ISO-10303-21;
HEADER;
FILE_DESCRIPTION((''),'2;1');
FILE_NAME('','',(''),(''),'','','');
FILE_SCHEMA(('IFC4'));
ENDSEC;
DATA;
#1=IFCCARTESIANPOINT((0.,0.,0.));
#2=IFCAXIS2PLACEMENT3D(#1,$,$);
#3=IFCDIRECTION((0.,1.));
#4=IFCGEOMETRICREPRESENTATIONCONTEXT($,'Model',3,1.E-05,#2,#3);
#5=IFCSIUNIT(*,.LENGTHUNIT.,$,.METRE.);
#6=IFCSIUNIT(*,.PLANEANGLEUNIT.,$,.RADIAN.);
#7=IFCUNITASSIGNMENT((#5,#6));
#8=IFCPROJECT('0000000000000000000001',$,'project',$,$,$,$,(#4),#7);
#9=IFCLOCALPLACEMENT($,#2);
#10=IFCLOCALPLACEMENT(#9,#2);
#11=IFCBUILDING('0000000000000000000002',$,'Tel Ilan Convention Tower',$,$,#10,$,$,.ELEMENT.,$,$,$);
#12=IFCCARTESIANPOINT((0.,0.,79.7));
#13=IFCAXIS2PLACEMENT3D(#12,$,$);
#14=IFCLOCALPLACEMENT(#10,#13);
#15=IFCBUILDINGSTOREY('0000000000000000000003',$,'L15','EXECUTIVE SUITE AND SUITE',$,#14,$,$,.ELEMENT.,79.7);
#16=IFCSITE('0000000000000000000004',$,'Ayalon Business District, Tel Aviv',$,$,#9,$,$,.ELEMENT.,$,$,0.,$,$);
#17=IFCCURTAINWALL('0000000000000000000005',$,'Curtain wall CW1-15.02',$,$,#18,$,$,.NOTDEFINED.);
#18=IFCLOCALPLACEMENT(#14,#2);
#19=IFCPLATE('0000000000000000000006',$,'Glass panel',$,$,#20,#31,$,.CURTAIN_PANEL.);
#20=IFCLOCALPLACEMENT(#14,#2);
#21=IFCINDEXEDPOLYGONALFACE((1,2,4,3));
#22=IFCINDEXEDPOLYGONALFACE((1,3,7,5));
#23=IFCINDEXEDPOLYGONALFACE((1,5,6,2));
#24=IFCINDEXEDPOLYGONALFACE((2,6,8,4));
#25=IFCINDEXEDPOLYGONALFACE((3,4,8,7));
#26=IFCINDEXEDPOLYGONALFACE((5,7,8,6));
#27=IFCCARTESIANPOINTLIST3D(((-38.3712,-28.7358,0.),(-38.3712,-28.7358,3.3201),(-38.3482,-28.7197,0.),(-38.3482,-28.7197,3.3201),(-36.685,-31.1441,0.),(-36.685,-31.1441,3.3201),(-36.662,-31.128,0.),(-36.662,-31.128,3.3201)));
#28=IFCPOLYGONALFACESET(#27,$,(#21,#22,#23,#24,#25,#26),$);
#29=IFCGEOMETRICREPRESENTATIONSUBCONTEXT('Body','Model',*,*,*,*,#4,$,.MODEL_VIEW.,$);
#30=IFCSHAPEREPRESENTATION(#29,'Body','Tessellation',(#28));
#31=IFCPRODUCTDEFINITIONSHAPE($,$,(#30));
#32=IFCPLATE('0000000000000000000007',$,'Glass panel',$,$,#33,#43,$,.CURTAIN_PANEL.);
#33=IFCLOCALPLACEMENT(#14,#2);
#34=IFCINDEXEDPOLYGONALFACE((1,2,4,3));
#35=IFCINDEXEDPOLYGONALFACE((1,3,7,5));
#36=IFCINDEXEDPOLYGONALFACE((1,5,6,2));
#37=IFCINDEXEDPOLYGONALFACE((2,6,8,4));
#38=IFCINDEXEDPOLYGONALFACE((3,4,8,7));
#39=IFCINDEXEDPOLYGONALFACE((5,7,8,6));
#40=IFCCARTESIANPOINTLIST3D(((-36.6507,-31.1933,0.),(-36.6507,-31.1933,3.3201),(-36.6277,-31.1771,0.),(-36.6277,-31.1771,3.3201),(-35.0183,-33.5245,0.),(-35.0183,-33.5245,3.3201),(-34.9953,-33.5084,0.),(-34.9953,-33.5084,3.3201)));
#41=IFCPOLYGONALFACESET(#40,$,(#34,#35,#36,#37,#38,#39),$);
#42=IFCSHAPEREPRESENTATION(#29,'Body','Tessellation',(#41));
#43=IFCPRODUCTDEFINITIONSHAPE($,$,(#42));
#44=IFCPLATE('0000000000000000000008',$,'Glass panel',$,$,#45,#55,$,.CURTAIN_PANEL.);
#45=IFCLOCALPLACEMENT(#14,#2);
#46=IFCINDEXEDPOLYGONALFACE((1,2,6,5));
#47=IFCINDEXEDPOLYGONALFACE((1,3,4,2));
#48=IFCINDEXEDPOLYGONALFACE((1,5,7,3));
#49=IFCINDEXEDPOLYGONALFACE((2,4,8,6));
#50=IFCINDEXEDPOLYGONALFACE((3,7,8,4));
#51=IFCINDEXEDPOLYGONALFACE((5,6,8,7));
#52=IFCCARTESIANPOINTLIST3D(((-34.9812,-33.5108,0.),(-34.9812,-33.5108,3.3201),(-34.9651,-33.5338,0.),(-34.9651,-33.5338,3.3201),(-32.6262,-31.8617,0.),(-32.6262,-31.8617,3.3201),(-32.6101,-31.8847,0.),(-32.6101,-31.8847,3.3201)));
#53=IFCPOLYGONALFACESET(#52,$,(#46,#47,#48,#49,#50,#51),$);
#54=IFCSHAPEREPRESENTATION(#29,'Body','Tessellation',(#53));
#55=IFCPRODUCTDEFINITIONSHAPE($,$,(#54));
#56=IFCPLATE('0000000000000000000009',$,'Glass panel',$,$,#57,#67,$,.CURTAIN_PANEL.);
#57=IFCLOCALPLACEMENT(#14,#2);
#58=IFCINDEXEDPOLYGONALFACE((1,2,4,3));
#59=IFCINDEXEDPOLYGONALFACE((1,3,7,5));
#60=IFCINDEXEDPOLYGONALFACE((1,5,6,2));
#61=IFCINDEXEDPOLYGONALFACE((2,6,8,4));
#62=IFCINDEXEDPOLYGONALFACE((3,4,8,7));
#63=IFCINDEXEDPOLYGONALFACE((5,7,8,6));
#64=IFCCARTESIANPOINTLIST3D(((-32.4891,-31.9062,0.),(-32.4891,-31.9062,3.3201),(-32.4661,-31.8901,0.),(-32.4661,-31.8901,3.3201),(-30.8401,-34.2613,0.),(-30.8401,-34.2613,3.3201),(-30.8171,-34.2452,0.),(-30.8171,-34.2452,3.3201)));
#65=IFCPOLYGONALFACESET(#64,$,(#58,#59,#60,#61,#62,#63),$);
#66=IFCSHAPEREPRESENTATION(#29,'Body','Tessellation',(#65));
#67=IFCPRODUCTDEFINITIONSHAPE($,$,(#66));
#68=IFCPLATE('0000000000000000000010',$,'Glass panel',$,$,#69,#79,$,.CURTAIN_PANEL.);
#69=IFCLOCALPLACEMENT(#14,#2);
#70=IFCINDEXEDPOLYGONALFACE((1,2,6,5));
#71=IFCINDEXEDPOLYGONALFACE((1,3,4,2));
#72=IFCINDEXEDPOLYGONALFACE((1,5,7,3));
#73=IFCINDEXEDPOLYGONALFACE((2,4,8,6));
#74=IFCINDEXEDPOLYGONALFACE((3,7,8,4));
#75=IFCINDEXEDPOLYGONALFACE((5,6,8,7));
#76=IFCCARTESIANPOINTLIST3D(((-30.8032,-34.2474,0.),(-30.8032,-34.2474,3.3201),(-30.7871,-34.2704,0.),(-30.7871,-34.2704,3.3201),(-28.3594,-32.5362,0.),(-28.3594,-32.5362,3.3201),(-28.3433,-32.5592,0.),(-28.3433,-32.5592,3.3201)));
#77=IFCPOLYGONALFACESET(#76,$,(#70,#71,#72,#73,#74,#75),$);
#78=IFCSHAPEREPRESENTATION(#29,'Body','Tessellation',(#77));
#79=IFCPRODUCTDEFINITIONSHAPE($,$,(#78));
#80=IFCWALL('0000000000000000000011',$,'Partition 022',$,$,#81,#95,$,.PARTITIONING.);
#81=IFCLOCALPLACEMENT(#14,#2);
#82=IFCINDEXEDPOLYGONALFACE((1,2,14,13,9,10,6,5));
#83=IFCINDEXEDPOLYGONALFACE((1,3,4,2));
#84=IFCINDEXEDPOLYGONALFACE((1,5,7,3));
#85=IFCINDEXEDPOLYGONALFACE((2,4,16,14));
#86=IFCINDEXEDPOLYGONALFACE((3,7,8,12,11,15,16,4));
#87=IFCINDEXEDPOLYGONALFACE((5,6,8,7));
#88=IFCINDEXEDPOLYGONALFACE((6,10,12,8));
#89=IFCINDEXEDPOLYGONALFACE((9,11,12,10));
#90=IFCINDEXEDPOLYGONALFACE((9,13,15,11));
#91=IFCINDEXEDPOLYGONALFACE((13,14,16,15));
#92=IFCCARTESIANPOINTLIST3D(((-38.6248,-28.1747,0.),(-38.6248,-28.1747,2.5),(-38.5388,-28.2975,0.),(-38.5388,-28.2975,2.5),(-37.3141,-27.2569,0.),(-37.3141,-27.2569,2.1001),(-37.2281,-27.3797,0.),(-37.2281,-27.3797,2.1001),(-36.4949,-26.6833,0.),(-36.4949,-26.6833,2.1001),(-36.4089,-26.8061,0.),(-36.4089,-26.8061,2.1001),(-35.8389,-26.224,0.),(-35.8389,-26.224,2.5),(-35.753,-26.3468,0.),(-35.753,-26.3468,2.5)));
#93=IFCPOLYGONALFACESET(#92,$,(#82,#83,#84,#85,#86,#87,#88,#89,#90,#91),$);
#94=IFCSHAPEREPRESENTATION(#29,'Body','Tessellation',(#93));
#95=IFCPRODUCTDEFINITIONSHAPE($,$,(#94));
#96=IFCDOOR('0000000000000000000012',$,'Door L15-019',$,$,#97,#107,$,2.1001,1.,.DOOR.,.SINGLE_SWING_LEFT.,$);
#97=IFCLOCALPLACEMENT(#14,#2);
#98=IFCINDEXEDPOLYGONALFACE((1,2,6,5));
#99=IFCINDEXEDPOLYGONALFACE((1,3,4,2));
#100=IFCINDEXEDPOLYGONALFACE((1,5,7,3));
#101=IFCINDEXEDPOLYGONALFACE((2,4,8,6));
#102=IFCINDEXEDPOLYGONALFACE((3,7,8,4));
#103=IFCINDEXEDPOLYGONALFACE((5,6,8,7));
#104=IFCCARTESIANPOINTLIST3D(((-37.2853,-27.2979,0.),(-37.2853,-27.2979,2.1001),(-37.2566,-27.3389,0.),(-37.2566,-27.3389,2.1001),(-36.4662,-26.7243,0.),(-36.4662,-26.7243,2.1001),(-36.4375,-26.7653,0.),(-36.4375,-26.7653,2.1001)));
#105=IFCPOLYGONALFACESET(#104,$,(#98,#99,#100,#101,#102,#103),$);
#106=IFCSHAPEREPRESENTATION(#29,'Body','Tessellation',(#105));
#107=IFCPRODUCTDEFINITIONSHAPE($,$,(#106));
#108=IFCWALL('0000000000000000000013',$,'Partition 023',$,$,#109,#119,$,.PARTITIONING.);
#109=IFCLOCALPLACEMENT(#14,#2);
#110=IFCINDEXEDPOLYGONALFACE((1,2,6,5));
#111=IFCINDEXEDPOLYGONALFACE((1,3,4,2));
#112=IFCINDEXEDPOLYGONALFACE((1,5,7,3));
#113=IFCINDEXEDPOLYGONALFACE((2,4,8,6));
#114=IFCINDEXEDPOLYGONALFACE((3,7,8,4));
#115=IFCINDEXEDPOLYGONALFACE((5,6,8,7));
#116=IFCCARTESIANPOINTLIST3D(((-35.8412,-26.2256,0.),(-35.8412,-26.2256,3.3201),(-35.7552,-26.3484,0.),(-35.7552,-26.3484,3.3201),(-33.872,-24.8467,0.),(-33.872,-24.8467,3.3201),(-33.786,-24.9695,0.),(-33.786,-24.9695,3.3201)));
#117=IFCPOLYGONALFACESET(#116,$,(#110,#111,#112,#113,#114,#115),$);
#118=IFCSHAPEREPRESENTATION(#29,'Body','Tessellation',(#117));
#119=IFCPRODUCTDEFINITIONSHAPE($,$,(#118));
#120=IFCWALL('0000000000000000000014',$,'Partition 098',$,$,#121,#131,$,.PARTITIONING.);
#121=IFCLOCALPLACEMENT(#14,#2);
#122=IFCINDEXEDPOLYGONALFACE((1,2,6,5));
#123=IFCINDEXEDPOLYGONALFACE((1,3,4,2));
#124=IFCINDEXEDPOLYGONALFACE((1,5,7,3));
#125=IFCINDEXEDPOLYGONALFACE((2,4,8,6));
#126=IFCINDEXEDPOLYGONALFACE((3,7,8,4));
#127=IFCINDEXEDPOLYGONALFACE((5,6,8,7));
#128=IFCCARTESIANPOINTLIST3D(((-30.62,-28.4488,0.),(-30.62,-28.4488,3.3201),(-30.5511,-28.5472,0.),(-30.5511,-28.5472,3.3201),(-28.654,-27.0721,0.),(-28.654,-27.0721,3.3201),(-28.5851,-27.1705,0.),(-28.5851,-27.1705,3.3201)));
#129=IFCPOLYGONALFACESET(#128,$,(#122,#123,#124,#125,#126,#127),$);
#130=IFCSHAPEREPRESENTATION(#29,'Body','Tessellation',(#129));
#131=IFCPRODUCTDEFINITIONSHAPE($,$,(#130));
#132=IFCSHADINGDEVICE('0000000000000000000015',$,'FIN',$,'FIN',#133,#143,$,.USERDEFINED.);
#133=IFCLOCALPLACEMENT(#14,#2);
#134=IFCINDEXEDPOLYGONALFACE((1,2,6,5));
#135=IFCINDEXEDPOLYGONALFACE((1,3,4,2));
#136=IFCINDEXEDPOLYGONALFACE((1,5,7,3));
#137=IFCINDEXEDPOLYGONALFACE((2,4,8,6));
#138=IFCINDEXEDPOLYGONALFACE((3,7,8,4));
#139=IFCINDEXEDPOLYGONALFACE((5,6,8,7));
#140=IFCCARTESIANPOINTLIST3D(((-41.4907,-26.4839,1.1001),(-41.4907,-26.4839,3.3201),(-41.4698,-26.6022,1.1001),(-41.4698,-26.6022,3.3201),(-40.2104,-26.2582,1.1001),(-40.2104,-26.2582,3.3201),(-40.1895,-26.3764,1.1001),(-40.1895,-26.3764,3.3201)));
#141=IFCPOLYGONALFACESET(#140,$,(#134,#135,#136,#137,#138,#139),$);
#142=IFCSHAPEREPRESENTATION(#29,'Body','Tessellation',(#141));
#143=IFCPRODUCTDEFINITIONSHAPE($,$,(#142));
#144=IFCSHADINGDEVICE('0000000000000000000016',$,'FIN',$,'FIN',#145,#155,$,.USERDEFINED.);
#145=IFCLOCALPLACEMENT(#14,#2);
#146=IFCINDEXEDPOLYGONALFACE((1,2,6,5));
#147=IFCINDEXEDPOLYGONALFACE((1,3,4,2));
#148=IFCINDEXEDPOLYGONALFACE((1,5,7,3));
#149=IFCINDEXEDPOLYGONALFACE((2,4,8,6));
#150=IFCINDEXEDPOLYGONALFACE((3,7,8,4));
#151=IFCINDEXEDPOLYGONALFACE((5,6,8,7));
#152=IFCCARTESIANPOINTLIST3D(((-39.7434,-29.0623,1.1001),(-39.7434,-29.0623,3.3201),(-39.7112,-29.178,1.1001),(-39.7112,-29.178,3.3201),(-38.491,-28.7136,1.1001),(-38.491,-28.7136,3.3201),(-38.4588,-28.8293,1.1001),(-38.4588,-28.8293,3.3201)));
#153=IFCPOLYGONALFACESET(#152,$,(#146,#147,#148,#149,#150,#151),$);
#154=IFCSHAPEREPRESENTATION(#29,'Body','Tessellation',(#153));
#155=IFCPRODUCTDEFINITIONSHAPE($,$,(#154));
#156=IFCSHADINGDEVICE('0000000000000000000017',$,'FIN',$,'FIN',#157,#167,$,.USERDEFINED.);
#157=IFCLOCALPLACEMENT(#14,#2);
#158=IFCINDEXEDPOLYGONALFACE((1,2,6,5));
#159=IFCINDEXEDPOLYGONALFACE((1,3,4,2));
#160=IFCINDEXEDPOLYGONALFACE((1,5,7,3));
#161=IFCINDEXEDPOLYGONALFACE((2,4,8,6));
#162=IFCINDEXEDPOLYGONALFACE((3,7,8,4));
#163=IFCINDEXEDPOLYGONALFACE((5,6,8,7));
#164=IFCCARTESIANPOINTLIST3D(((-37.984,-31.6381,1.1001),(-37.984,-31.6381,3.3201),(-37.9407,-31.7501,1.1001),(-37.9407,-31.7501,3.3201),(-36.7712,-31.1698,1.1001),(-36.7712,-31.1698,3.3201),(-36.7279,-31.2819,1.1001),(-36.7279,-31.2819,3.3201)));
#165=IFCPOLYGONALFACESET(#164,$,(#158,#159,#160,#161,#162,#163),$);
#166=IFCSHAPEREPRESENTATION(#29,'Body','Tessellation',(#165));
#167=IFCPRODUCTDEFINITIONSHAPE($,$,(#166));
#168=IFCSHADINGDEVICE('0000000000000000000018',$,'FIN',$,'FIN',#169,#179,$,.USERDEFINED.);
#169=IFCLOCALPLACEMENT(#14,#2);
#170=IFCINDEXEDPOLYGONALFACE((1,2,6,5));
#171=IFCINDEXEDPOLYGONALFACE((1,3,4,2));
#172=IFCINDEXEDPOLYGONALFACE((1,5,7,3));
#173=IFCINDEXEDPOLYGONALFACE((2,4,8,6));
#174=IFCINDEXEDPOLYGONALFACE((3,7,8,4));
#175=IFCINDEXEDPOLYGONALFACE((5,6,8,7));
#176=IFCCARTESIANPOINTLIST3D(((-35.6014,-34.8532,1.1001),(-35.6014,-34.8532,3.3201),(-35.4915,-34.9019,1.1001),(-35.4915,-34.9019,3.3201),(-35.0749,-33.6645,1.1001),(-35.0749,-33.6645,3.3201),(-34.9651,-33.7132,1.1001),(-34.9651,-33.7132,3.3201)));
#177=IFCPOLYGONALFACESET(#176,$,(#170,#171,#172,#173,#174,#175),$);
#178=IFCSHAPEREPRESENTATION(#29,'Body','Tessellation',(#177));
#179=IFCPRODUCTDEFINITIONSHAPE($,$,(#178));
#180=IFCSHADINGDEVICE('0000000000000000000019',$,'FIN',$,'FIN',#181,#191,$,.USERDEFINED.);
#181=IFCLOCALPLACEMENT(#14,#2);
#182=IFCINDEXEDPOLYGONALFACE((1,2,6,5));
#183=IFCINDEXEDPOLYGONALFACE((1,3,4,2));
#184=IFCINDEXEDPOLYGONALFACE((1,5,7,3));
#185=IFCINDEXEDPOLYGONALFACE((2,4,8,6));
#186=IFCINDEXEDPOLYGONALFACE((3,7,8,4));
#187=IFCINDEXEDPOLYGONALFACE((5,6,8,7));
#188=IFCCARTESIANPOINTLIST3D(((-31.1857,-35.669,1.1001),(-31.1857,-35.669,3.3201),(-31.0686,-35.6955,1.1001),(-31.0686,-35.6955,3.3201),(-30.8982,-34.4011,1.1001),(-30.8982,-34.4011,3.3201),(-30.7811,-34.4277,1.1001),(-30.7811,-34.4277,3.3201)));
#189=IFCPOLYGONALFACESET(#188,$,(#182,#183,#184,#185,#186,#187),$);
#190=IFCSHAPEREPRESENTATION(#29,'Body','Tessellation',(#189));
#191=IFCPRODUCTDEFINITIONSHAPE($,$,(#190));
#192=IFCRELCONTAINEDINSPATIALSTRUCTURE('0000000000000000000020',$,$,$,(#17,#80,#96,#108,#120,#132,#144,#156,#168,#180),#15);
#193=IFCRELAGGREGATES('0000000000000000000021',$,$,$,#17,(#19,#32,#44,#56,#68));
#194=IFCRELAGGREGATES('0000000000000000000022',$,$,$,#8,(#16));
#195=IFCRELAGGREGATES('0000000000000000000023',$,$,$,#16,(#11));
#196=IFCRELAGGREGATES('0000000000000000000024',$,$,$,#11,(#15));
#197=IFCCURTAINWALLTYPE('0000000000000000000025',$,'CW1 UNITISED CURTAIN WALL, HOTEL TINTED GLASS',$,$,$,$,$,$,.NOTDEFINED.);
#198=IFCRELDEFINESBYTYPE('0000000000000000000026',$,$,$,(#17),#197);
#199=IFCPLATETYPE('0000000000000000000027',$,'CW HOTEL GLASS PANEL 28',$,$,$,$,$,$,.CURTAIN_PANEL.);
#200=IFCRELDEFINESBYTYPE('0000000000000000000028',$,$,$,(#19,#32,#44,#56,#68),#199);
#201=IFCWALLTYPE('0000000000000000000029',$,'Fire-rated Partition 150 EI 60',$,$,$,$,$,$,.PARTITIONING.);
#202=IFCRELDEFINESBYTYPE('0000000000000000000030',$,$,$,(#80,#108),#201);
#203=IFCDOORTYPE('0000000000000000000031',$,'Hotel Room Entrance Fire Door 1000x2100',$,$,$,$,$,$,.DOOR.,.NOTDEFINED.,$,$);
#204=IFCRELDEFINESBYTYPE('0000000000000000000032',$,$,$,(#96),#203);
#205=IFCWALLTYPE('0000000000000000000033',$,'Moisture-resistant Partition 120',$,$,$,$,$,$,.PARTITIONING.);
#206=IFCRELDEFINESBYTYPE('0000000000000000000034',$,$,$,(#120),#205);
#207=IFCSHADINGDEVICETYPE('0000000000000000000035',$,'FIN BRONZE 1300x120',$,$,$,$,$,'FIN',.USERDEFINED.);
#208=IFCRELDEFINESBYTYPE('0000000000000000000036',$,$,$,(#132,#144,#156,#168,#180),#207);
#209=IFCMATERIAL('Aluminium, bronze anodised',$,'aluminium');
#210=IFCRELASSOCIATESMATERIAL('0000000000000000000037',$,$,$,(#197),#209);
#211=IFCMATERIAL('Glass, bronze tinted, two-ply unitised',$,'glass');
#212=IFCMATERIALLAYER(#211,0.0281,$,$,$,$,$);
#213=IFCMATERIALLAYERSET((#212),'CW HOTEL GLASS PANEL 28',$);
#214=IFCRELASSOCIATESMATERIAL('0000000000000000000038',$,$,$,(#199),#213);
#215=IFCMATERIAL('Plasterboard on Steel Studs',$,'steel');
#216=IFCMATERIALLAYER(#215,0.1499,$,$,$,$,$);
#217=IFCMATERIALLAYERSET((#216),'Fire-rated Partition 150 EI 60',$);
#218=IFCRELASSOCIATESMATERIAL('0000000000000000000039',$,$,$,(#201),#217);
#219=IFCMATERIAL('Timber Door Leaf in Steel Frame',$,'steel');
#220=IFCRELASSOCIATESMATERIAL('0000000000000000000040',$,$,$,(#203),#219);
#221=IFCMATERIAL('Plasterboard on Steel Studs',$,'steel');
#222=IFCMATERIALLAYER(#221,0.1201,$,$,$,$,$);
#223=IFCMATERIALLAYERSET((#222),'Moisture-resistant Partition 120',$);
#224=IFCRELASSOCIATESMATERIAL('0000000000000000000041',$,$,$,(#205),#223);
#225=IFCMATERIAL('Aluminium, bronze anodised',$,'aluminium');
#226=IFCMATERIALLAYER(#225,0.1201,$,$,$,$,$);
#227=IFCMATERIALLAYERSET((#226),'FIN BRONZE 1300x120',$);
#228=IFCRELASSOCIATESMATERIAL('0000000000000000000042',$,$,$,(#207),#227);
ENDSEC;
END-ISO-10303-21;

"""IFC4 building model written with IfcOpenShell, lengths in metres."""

from ifc_helpers import new_model, si_unit, direction, frame, frame_2d, origin, origin_2d, place, context, subcontext, project, spatial, rectangle, extrude, material, layer, layer_set, type_object, element, fill, aggregate, save


model = new_model("IFC4")

# Units and contexts
model_context = context("Model", 3, precision=1e-05, world=origin(), true_north=direction((0.0, 1.0)))
body_context = subcontext(model_context, "Body", "Model", "MODEL_VIEW")
ifc_project = project(units=[si_unit("LENGTHUNIT", "METRE"), si_unit("PLANEANGLEUNIT", "RADIAN")], contexts=[model_context])

# Site, building, storey
site_placement = place(None, origin())
site = spatial("IfcSite", under=ifc_project, at=site_placement, Name="Ayalon Business District, Tel Aviv", CompositionType="ELEMENT", RefElevation=0.0)
building_placement = place(site_placement, origin())
building = spatial("IfcBuilding", under=site, at=building_placement, Name="Tel Ilan Convention Tower", CompositionType="ELEMENT")
storey_placement = place(building_placement, frame((0.0, 0.0, 79.7)))
storey = spatial("IfcBuildingStorey", under=building, at=storey_placement, Name="L15", Description="EXECUTIVE SUITE AND SUITE", CompositionType="ELEMENT", Elevation=79.7)

# Curtain wall, plates
ifc_material_1 = material(Name="Aluminium, bronze anodised", Category="aluminium")
curtain_wall_type = type_object("IfcCurtainWallType", Name="CW1 UNITISED CURTAIN WALL, HOTEL TINTED GLASS", PredefinedType="NOTDEFINED", material=ifc_material_1)
curtain_wall_placement = place(storey_placement, origin())
curtain_wall = element("IfcCurtainWall", 1, at=curtain_wall_placement, inside=storey, type_object=curtain_wall_type, Name="Curtain wall CW1-15.02", PredefinedType="NOTDEFINED")
ifc_material_2 = material(Name="Glass, bronze tinted, two-ply unitised", Category="glass")
ifc_layer_1 = layer(ifc_material_2, 0.0281)
ifc_layer_set_1 = layer_set([ifc_layer_1], Name="CW HOTEL GLASS PANEL 28")
plate_type = type_object("IfcPlateType", Name="CW HOTEL GLASS PANEL 28", PredefinedType="CURTAIN_PANEL", material=ifc_layer_set_1)
plate_1_placement = place(storey_placement, frame((-37.5166, -29.9319, 0.0), z_axis=(0.0, 0.0, 1.0), x_axis=(0.573576, -0.819152, 0.0)))
plate_1 = element("IfcPlate", 2, at=plate_1_placement, type_object=plate_type, Name="Glass panel", PredefinedType="CURTAIN_PANEL", context=body_context, shape_type="SweptSolid", body=[
    extrude(rectangle(XDim=2.9399, YDim=0.0281, at=origin_2d()), origin(), (0.0, 0.0, 1.0), 3.3201),
])
plate_2_placement = place(storey_placement, frame((-35.823, -32.3508, 0.0), z_axis=(0.0, 0.0, 1.0), x_axis=(0.573576, -0.819152, 0.0)))
plate_2 = element("IfcPlate", 3, at=plate_2_placement, type_object=plate_type, Name="Glass panel", PredefinedType="CURTAIN_PANEL", context=body_context, shape_type="SweptSolid", body=[
    extrude(rectangle(XDim=2.8459, YDim=0.0281, at=origin_2d()), origin(), (0.0, 0.0, 1.0), 3.3201),
])
plate_3_placement = place(storey_placement, frame((-33.7957, -32.6978, 0.0), z_axis=(0.0, 0.0, 1.0), x_axis=(0.819152, 0.573576, 0.0)))
plate_3 = element("IfcPlate", 4, at=plate_3_placement, type_object=plate_type, Name="Glass panel", PredefinedType="CURTAIN_PANEL", context=body_context, shape_type="SweptSolid", body=[
    extrude(rectangle(XDim=2.875, YDim=0.0281, at=origin_2d()), origin(), (0.0, 0.0, 1.0), 3.3201),
])
plate_4_placement = place(storey_placement, frame((-31.6531, -33.0757, 0.0), z_axis=(0.0, 0.0, 1.0), x_axis=(0.573576, -0.819152, 0.0)))
plate_4 = element("IfcPlate", 5, at=plate_4_placement, type_object=plate_type, Name="Glass panel", PredefinedType="CURTAIN_PANEL", context=body_context, shape_type="SweptSolid", body=[
    extrude(rectangle(XDim=2.875, YDim=0.0281, at=origin_2d()), origin(), (0.0, 0.0, 1.0), 3.3201),
])
plate_5_placement = place(storey_placement, frame((-29.5732, -33.4033, 0.0), z_axis=(0.0, 0.0, 1.0), x_axis=(0.819152, 0.573576, 0.0)))
plate_5 = element("IfcPlate", 6, at=plate_5_placement, type_object=plate_type, Name="Glass panel", PredefinedType="CURTAIN_PANEL", context=body_context, shape_type="SweptSolid", body=[
    extrude(rectangle(XDim=2.9834, YDim=0.0281, at=origin_2d()), origin(), (0.0, 0.0, 1.0), 3.3201),
])
aggregate(curtain_wall, [plate_1, plate_2, plate_3, plate_4, plate_5])

# Wall, opening, door
ifc_material_3 = material(Name="Plasterboard on Steel Studs", Category="steel")
ifc_layer_2 = layer(ifc_material_3, 0.1499)
ifc_layer_set_2 = layer_set([ifc_layer_2], Name="Fire-rated Partition 150 EI 60")
wall_type_1 = type_object("IfcWallType", Name="Fire-rated Partition 150 EI 60", PredefinedType="PARTITIONING", material=ifc_layer_set_2)
wall_1_placement = place(storey_placement, frame((-38.5818, -28.2361, 0.0), z_axis=(0.0, 0.0, 1.0), x_axis=(0.819154, 0.573573, 0.0)))
wall_1 = element("IfcWall", 7, at=wall_1_placement, inside=storey, type_object=wall_type_1, Name="Partition 022", PredefinedType="PARTITIONING", context=body_context, shape_type="SweptSolid", body=[
    extrude(rectangle(XDim=3.4009, YDim=0.1499, at=frame_2d((1.7004, 0.0))), origin(), (0.0, 0.0, 1.0), 2.5),
])
opening_placement = place(wall_1_placement, frame((1.6001, 0.0, 0.0)))
opening = element("IfcOpeningElement", 8, at=opening_placement, cuts=wall_1, PredefinedType="OPENING", context=body_context, shape_type="SweptSolid", body=[
    extrude(rectangle(XDim=1.0, YDim=2.1001, at=frame_2d((0.5, 1.05))), frame((0.0, 0.085, 0.0), z_axis=(0.0, -1.0, 0.0), x_axis=(1.0, 0.0, 0.0)), (0.0, 0.0, 1.0), 0.1699),
])
ifc_material_4 = material(Name="Timber Door Leaf in Steel Frame", Category="steel")
door_type = type_object("IfcDoorType", Name="Hotel Room Entrance Fire Door 1000x2100", OperationType="NOTDEFINED", PredefinedType="DOOR", material=ifc_material_4)
door_placement = place(opening_placement, origin())
door = element("IfcDoor", 9, at=door_placement, inside=storey, type_object=door_type, Name="Door L15-019", OperationType="SINGLE_SWING_LEFT", OverallHeight=2.1001, OverallWidth=1.0, PredefinedType="DOOR", context=body_context, shape_type="SweptSolid", body=[
    extrude(rectangle(XDim=1.0, YDim=2.1001, at=frame_2d((0.5, 1.05))), frame((0.0, 0.0249, 0.0), z_axis=(0.0, -1.0, 0.0), x_axis=(1.0, 0.0, 0.0)), (0.0, 0.0, 1.0), 0.05),
])
fill(opening, door)

# Walls
wall_2_placement = place(storey_placement, frame((-35.7983, -26.2871, 0.0), z_axis=(0.0, 0.0, 1.0), x_axis=(0.819146, 0.573585, 0.0)))
element("IfcWall", 10, at=wall_2_placement, inside=storey, type_object=wall_type_1, Name="Partition 023", PredefinedType="PARTITIONING", context=body_context, shape_type="SweptSolid", body=[
    extrude(rectangle(XDim=2.4041, YDim=0.1499, at=frame_2d((1.2021, 0.0))), origin(), (0.0, 0.0, 1.0), 3.3201),
])
ifc_material_5 = material(Name="Plasterboard on Steel Studs", Category="steel")
ifc_layer_3 = layer(ifc_material_5, 0.1201)
ifc_layer_set_3 = layer_set([ifc_layer_3], Name="Moisture-resistant Partition 120")
wall_type_2 = type_object("IfcWallType", Name="Moisture-resistant Partition 120", PredefinedType="PARTITIONING", material=ifc_layer_set_3)
wall_3_placement = place(storey_placement, frame((-30.5857, -28.498, 0.0), z_axis=(0.0, 0.0, 1.0), x_axis=(0.819141, 0.573592, 0.0)))
element("IfcWall", 11, at=wall_3_placement, inside=storey, type_object=wall_type_2, Name="Partition 098", PredefinedType="PARTITIONING", context=body_context, shape_type="SweptSolid", body=[
    extrude(rectangle(XDim=2.4001, YDim=0.1201, at=frame_2d((1.2002, 0.0))), origin(), (0.0, 0.0, 1.0), 3.3201),
])

# Shading devices
ifc_material_6 = material(Name="Aluminium, bronze anodised", Category="aluminium")
ifc_layer_4 = layer(ifc_material_6, 0.1201)
ifc_layer_set_4 = layer_set([ifc_layer_4], Name="FIN BRONZE 1300x120")
shading_device_type = type_object("IfcShadingDeviceType", Name="FIN BRONZE 1300x120", ElementType="FIN", PredefinedType="USERDEFINED", material=ifc_layer_set_4)
for number, where, z_axis, x_axis, name in (
    (12, (-40.8401, -26.4302, 1.1001), (0.0, 0.0, 1.0), (-0.984808, -0.173648, 0.0), "FIN"),
    (13, (-39.1011, -28.9458, 1.1001), (0.0, 0.0, 1.0), (-0.963371, -0.268173, 0.0), "FIN"),
    (14, (-37.356, -31.46, 1.1001), (0.0, 0.0, 1.0), (-0.932884, -0.360178, 0.0), "FIN"),
    (15, (-35.2832, -34.2832, 1.1001), (0.0, 0.0, 1.0), (-0.404964, -0.914333, 0.0), "FIN"),
    (16, (-30.9834, -35.0483, 1.1001), (0.0, 0.0, 1.0), (-0.22117, -0.975235, 0.0), "FIN"),
):
    element("IfcShadingDevice", number, at=place(storey_placement, frame(where, z_axis=z_axis, x_axis=x_axis)), inside=storey, type_object=shading_device_type, Name=name, ObjectType="FIN", PredefinedType="USERDEFINED", context=body_context, shape_type="SweptSolid", body=[
        extrude(rectangle(XDim=1.3, YDim=0.1201, at=origin_2d()), origin(), (0.0, 0.0, 1.0), 2.22),
    ])

save(model, "model.ifc")
